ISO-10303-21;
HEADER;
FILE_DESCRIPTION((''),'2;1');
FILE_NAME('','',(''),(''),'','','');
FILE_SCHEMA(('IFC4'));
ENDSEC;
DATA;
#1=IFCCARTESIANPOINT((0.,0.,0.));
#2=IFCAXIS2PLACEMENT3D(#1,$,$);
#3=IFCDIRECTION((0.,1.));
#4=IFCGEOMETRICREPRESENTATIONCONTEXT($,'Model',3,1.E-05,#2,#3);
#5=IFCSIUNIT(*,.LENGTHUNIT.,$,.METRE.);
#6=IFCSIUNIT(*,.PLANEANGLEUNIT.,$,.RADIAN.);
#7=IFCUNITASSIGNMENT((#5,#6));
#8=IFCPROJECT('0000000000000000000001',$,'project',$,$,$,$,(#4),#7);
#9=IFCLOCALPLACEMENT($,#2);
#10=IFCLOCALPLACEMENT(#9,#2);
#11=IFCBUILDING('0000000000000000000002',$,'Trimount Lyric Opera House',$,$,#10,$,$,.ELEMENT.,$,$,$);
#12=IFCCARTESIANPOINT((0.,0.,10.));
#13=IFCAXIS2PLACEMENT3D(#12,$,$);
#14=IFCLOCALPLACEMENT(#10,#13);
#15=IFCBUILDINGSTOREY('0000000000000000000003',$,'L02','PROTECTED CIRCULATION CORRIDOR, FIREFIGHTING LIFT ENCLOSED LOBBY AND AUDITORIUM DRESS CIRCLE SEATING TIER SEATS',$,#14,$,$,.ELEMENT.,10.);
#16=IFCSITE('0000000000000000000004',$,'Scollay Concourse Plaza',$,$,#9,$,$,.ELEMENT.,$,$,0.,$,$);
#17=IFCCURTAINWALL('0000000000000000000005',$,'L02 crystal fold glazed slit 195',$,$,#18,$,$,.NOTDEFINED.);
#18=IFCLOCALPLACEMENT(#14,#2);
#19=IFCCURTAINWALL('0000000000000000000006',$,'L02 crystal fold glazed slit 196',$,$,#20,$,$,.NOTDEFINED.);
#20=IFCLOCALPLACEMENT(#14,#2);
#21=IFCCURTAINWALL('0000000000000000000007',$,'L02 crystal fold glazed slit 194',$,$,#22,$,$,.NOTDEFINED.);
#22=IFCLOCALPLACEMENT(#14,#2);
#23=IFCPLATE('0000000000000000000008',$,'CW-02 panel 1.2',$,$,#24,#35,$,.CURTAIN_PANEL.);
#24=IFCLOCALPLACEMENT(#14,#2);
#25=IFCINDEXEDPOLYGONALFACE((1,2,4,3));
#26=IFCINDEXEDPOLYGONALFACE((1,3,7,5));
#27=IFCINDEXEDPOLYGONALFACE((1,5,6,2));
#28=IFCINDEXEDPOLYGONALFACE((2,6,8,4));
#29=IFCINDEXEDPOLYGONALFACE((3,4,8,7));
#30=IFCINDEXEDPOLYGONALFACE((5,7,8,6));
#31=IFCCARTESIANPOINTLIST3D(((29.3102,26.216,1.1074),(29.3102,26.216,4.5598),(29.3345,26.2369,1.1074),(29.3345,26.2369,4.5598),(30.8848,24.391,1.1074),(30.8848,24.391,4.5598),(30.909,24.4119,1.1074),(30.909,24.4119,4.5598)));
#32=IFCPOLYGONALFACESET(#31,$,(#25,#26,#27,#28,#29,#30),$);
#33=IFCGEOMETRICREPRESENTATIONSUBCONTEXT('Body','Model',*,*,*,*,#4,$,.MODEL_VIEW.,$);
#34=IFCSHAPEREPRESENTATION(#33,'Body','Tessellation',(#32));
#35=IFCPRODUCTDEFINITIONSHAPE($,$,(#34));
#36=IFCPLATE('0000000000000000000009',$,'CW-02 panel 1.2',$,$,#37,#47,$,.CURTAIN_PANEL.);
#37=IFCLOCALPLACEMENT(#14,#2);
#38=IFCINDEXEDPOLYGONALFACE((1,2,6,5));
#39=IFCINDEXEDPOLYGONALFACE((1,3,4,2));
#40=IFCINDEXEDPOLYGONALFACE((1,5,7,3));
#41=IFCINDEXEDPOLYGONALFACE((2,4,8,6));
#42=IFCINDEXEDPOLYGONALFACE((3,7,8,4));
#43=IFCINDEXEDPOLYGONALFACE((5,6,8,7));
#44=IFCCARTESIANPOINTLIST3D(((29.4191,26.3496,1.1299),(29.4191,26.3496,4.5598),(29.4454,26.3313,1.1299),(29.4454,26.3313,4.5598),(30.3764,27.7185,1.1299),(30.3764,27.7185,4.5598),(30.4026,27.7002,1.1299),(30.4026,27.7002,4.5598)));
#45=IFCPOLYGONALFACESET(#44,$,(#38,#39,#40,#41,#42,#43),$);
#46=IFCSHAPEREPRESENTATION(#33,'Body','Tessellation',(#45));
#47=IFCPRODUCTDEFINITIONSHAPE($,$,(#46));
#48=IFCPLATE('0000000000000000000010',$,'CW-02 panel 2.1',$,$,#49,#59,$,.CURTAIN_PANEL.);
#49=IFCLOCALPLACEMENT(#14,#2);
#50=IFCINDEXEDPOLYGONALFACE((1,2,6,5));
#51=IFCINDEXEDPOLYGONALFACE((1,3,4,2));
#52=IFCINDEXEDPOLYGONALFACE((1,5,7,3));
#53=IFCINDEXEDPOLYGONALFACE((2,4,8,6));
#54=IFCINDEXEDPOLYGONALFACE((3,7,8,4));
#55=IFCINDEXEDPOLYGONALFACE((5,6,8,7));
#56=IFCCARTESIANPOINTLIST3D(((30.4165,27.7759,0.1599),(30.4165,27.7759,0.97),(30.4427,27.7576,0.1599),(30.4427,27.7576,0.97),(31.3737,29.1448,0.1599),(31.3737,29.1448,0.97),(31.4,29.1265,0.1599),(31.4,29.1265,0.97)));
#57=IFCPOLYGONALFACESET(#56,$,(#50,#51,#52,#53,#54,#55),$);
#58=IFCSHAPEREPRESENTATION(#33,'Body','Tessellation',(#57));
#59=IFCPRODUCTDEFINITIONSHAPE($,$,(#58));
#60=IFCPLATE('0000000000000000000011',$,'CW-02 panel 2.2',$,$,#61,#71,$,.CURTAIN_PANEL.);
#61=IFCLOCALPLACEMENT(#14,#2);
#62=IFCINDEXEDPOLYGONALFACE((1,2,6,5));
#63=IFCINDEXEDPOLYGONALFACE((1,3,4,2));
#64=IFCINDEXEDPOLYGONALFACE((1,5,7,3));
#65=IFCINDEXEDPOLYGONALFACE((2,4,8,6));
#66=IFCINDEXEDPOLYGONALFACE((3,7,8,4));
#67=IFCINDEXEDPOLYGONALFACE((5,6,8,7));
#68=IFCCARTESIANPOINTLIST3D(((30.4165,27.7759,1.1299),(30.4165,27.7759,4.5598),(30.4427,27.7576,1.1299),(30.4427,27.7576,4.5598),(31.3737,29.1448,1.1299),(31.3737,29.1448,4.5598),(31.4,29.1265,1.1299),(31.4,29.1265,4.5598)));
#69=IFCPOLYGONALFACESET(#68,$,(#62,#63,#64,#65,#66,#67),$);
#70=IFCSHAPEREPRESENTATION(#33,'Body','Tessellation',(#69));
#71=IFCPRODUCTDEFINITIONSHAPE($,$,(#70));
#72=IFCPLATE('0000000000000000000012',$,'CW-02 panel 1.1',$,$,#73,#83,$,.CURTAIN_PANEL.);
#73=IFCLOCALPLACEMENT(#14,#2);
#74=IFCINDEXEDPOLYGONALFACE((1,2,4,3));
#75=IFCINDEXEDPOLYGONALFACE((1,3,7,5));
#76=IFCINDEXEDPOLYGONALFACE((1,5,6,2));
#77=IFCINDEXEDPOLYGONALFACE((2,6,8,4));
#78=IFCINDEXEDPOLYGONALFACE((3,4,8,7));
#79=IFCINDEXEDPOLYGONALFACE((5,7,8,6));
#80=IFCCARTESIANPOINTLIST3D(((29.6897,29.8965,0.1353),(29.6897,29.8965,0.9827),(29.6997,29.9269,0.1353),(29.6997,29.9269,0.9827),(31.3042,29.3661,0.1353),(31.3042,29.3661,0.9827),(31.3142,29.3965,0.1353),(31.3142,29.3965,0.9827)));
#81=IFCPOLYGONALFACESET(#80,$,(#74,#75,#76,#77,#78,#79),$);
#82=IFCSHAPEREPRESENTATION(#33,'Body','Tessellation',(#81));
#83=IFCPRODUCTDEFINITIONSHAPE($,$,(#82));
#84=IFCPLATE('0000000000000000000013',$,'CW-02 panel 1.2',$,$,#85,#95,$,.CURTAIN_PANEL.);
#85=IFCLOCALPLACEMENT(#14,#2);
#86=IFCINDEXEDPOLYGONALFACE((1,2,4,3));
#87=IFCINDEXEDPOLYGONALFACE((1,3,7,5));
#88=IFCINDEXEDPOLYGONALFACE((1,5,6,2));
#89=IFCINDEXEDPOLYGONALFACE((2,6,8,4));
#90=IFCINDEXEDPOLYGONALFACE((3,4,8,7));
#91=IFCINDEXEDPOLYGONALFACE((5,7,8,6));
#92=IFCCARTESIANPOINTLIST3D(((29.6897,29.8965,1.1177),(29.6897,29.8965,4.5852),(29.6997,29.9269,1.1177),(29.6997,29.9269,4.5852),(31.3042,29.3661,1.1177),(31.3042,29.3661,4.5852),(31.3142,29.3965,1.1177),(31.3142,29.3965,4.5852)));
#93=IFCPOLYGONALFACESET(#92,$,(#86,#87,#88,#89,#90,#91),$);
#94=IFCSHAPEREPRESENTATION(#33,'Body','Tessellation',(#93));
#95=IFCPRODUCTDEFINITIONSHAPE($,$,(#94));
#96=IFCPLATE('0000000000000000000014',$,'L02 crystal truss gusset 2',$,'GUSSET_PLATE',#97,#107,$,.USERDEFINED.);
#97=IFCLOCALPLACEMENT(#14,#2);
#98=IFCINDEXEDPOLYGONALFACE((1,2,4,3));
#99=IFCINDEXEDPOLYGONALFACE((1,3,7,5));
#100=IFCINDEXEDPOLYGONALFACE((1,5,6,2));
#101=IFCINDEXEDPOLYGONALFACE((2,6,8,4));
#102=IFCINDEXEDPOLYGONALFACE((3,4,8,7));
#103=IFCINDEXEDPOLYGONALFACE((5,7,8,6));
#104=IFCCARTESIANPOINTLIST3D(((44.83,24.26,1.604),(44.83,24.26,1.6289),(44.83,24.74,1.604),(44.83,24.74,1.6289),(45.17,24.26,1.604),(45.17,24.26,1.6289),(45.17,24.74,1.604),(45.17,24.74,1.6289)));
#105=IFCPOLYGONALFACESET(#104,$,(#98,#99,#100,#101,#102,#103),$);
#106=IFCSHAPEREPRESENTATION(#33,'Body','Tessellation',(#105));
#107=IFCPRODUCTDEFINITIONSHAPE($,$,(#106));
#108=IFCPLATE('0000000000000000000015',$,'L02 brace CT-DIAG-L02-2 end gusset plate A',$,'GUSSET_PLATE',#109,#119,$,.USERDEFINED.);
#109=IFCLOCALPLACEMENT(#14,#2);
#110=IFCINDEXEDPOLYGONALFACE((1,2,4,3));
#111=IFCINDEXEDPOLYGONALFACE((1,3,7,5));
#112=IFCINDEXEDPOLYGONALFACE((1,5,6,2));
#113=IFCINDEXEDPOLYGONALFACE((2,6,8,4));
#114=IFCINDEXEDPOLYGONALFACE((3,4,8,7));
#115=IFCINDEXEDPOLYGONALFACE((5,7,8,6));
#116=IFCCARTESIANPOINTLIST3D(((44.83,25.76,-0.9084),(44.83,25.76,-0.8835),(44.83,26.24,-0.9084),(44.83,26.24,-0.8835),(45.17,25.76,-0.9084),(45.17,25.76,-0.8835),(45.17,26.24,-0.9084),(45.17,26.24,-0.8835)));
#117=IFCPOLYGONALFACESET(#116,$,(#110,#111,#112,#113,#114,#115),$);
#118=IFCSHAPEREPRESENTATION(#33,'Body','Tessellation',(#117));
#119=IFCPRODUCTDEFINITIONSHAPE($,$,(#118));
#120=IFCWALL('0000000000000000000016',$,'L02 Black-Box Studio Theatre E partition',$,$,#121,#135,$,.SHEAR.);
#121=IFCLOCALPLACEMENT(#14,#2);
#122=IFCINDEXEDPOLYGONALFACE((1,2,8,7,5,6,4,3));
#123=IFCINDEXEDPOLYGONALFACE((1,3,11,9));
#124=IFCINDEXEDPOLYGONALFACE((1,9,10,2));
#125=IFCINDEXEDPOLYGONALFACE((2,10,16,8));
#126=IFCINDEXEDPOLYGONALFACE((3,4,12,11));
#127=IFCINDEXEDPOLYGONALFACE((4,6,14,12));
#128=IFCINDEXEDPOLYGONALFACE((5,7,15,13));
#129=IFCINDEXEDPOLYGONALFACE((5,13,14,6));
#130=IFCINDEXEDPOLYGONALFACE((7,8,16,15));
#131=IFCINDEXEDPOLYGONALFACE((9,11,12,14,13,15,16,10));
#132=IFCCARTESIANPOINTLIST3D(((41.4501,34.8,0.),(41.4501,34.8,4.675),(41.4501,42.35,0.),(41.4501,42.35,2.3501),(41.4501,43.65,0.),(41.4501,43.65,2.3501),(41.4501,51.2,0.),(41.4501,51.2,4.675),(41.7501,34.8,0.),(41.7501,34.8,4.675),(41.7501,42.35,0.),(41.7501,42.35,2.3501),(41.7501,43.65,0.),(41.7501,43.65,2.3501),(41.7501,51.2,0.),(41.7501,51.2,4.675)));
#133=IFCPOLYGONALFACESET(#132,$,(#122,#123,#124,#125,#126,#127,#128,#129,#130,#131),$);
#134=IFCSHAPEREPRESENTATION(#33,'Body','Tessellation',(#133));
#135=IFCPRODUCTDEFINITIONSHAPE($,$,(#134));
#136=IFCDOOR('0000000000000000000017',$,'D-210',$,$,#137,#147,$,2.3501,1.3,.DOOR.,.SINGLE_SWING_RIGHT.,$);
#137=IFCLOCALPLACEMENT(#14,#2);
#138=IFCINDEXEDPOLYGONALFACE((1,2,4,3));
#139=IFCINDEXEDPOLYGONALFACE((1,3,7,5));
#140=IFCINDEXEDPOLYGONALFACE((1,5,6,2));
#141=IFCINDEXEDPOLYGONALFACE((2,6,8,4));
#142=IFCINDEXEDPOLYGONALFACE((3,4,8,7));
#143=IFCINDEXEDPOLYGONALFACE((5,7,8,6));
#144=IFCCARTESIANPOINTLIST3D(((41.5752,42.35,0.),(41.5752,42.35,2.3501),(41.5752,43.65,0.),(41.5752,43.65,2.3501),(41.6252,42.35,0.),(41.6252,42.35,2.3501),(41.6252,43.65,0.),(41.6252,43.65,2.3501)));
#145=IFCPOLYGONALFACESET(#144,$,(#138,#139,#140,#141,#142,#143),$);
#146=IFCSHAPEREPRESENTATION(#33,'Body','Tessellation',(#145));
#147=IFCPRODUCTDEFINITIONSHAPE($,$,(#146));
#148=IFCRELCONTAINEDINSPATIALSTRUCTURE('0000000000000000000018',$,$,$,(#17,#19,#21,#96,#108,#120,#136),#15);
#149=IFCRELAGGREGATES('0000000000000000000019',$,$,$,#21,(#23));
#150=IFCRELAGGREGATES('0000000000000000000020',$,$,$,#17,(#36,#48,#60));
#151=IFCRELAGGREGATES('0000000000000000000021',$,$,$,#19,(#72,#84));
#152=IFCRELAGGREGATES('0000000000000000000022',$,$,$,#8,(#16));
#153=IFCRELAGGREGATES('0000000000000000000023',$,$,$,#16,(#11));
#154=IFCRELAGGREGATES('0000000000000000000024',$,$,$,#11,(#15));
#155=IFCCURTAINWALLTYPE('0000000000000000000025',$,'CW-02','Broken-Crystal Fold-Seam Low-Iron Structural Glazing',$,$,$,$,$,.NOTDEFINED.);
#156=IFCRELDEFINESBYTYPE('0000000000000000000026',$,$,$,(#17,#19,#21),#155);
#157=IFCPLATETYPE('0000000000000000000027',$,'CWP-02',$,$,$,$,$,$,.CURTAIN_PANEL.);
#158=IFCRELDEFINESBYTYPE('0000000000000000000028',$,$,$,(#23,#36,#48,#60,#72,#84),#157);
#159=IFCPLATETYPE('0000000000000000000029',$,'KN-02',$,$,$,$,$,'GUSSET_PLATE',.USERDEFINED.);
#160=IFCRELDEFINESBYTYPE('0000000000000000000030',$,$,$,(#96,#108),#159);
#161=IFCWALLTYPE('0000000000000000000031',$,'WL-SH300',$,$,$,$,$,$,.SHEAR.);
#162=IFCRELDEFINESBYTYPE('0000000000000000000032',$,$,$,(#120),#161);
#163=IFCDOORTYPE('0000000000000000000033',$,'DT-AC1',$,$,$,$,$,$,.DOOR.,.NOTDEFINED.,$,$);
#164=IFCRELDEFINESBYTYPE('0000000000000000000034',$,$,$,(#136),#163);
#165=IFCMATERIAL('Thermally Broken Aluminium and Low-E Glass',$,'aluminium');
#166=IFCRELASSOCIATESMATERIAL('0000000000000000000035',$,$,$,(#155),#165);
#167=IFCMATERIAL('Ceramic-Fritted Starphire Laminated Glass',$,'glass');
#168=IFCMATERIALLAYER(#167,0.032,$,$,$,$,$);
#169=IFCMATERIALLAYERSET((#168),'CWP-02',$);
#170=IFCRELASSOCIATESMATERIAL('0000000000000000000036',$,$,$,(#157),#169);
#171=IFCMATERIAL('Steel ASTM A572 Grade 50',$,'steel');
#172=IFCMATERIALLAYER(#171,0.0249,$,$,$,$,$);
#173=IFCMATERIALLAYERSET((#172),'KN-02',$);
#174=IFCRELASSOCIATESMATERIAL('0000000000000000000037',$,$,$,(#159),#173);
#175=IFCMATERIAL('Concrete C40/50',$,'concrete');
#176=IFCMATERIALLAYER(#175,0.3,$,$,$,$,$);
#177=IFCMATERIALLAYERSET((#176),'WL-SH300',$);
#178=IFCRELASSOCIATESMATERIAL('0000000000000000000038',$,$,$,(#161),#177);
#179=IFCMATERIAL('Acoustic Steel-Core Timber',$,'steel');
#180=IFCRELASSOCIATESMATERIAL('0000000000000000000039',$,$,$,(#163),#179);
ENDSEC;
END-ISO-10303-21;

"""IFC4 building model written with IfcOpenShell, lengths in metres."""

from ifc_helpers import new_model, si_unit, direction, frame, frame_2d, origin, origin_2d, place, context, subcontext, project, spatial, rectangle, extrude, material, layer, layer_set, type_object, element, fill, aggregate, save


model = new_model("IFC4")

# Units and contexts
model_context = context("Model", 3, precision=1e-05, world=origin(), true_north=direction((0.0, 1.0)))
body_context = subcontext(model_context, "Body", "Model", "MODEL_VIEW")
ifc_project = project(units=[si_unit("LENGTHUNIT", "METRE"), si_unit("PLANEANGLEUNIT", "RADIAN")], contexts=[model_context])

# Site, building, storey
site_placement = place(None, origin())
site = spatial("IfcSite", under=ifc_project, at=site_placement, Name="Scollay Concourse Plaza", CompositionType="ELEMENT", RefElevation=0.0)
building_placement = place(site_placement, origin())
building = spatial("IfcBuilding", under=site, at=building_placement, Name="Trimount Lyric Opera House", CompositionType="ELEMENT")
storey_placement = place(building_placement, frame((0.0, 0.0, 10.0)))
storey = spatial("IfcBuildingStorey", under=building, at=storey_placement, Name="L02", Description="PROTECTED CIRCULATION CORRIDOR, FIREFIGHTING LIFT ENCLOSED LOBBY AND AUDITORIUM DRESS CIRCLE SEATING TIER SEATS", CompositionType="ELEMENT", Elevation=10.0)

# Curtain wall
ifc_material_1 = material(Name="Thermally Broken Aluminium and Low-E Glass", Category="aluminium")
curtain_wall_type = type_object("IfcCurtainWallType", Name="CW-02", Description="Broken-Crystal Fold-Seam Low-Iron Structural Glazing", PredefinedType="NOTDEFINED", material=ifc_material_1)
curtain_wall_1_placement = place(storey_placement, origin())
curtain_wall_1 = element("IfcCurtainWall", 1, at=curtain_wall_1_placement, inside=storey, type_object=curtain_wall_type, Name="L02 crystal fold glazed slit 195", PredefinedType="NOTDEFINED")

# Curtain wall
curtain_wall_2_placement = place(storey_placement, origin())
curtain_wall_2 = element("IfcCurtainWall", 2, at=curtain_wall_2_placement, inside=storey, type_object=curtain_wall_type, Name="L02 crystal fold glazed slit 196", PredefinedType="NOTDEFINED")

# Curtain wall, plate
curtain_wall_3_placement = place(storey_placement, origin())
curtain_wall_3 = element("IfcCurtainWall", 3, at=curtain_wall_3_placement, inside=storey, type_object=curtain_wall_type, Name="L02 crystal fold glazed slit 194", PredefinedType="NOTDEFINED")
ifc_material_2 = material(Name="Ceramic-Fritted Starphire Laminated Glass", Category="glass")
ifc_layer_1 = layer(ifc_material_2, 0.032)
ifc_layer_set_1 = layer_set([ifc_layer_1], Name="CWP-02")
plate_type_1 = type_object("IfcPlateType", Name="CWP-02", PredefinedType="CURTAIN_PANEL", material=ifc_layer_set_1)
plate_1_placement = place(storey_placement, frame((30.1096, 25.314, 1.1074), z_axis=(0.0, 0.0, 1.0), x_axis=(-0.653229, 0.757161, 0.0)))
plate_1 = element("IfcPlate", 4, at=plate_1_placement, type_object=plate_type_1, Name="CW-02 panel 1.2", PredefinedType="CURTAIN_PANEL", context=body_context, shape_type="SweptSolid", body=[
    extrude(rectangle(XDim=2.4104, YDim=0.032, at=origin_2d()), origin(), (0.0, 0.0, 1.0), 3.4524),
])
aggregate(curtain_wall_3, [plate_1])

# Plates
plate_2_placement = place(storey_placement, frame((29.9109, 27.0249, 1.1299), z_axis=(0.0, 0.0, 1.0), x_axis=(0.573084, 0.819496, 0.0)))
plate_2 = element("IfcPlate", 5, at=plate_2_placement, type_object=plate_type_1, Name="CW-02 panel 1.2", PredefinedType="CURTAIN_PANEL", context=body_context, shape_type="SweptSolid", body=[
    extrude(rectangle(XDim=1.6704, YDim=0.032, at=origin_2d()), origin(), (0.0, 0.0, 1.0), 3.4299),
])
plate_3_placement = place(storey_placement, frame((30.9082, 28.4512, 0.1599), z_axis=(0.0, 0.0, 1.0), x_axis=(0.573084, 0.819496, 0.0)))
plate_3 = element("IfcPlate", 6, at=plate_3_placement, type_object=plate_type_1, Name="CW-02 panel 2.1", PredefinedType="CURTAIN_PANEL", context=body_context, shape_type="SweptSolid", body=[
    extrude(rectangle(XDim=1.6704, YDim=0.032, at=origin_2d()), origin(), (0.0, 0.0, 1.0), 0.8101),
])
plate_4_placement = place(storey_placement, frame((30.9082, 28.4512, 1.1299), z_axis=(0.0, 0.0, 1.0), x_axis=(0.573084, 0.819496, 0.0)))
plate_4 = element("IfcPlate", 7, at=plate_4_placement, type_object=plate_type_1, Name="CW-02 panel 2.2", PredefinedType="CURTAIN_PANEL", context=body_context, shape_type="SweptSolid", body=[
    extrude(rectangle(XDim=1.6704, YDim=0.032, at=origin_2d()), origin(), (0.0, 0.0, 1.0), 3.4299),
])
aggregate(curtain_wall_1, [plate_2, plate_3, plate_4])
plate_5_placement = place(storey_placement, frame((30.502, 29.6465, 0.1353), z_axis=(0.0, 0.0, 1.0), x_axis=(-0.950041, 0.312125, 0.0)))
plate_5 = element("IfcPlate", 8, at=plate_5_placement, type_object=plate_type_1, Name="CW-02 panel 1.1", PredefinedType="CURTAIN_PANEL", context=body_context, shape_type="SweptSolid", body=[
    extrude(rectangle(XDim=1.6995, YDim=0.032, at=origin_2d()), origin(), (0.0, 0.0, 1.0), 0.8474),
])
plate_6_placement = place(storey_placement, frame((30.502, 29.6465, 1.1177), z_axis=(0.0, 0.0, 1.0), x_axis=(-0.950041, 0.312125, 0.0)))
plate_6 = element("IfcPlate", 9, at=plate_6_placement, type_object=plate_type_1, Name="CW-02 panel 1.2", PredefinedType="CURTAIN_PANEL", context=body_context, shape_type="SweptSolid", body=[
    extrude(rectangle(XDim=1.6995, YDim=0.032, at=origin_2d()), origin(), (0.0, 0.0, 1.0), 3.4675),
])
aggregate(curtain_wall_2, [plate_5, plate_6])

# Plates
ifc_material_3 = material(Name="Steel ASTM A572 Grade 50", Category="steel")
ifc_layer_2 = layer(ifc_material_3, 0.0249)
ifc_layer_set_2 = layer_set([ifc_layer_2], Name="KN-02")
plate_type_2 = type_object("IfcPlateType", Name="KN-02", ElementType="GUSSET_PLATE", PredefinedType="USERDEFINED", material=ifc_layer_set_2)
for number, where, z_axis, x_axis, name in (
    (10, (45.0, 24.5, 1.604), (0.0, 0.0, 1.0), (0.0, 1.0, 0.0), "L02 crystal truss gusset 2"),
    (11, (45.0, 26.0, -0.9084), (0.0, 0.0, 1.0), (0.0, -1.0, 0.0), "L02 brace CT-DIAG-L02-2 end gusset plate A"),
):
    element("IfcPlate", number, at=place(storey_placement, frame(where, z_axis=z_axis, x_axis=x_axis)), inside=storey, type_object=plate_type_2, Name=name, ObjectType="GUSSET_PLATE", PredefinedType="USERDEFINED", context=body_context, shape_type="SweptSolid", body=[
        extrude(rectangle(XDim=0.48, YDim=0.3401, at=origin_2d()), origin(), (0.0, 0.0, 1.0), 0.0249),
    ])

# Wall, opening, door
ifc_material_4 = material(Name="Concrete C40/50", Category="concrete")
ifc_layer_3 = layer(ifc_material_4, 0.3)
ifc_layer_set_3 = layer_set([ifc_layer_3], Name="WL-SH300")
wall_type = type_object("IfcWallType", Name="WL-SH300", PredefinedType="SHEAR", material=ifc_layer_set_3)
wall_placement = place(storey_placement, frame((41.6001, 34.8, 0.0), z_axis=(0.0, 0.0, 1.0), x_axis=(0.0, 1.0, 0.0)))
wall = element("IfcWall", 12, at=wall_placement, inside=storey, type_object=wall_type, Name="L02 Black-Box Studio Theatre E partition", PredefinedType="SHEAR", context=body_context, shape_type="SweptSolid", body=[
    extrude(rectangle(XDim=16.3999, YDim=0.3, at=frame_2d((8.2, 0.0))), origin(), (0.0, 0.0, 1.0), 4.675),
])
opening_placement = place(wall_placement, frame((7.55, 0.0, 0.0)))
opening = element("IfcOpeningElement", 13, at=opening_placement, cuts=wall, PredefinedType="OPENING", context=body_context, shape_type="SweptSolid", body=[
    extrude(rectangle(XDim=1.3, YDim=2.3501, at=frame_2d((0.6499, 1.175))), frame((0.0, 0.1602, 0.0), z_axis=(0.0, -1.0, 0.0), x_axis=(1.0, 0.0, 0.0)), (0.0, 0.0, 1.0), 0.3201),
])
ifc_material_5 = material(Name="Acoustic Steel-Core Timber", Category="steel")
door_type = type_object("IfcDoorType", Name="DT-AC1", OperationType="NOTDEFINED", PredefinedType="DOOR", material=ifc_material_5)
door_placement = place(opening_placement, origin())
door = element("IfcDoor", 14, at=door_placement, inside=storey, type_object=door_type, Name="D-210", OperationType="SINGLE_SWING_RIGHT", OverallHeight=2.3501, OverallWidth=1.3, PredefinedType="DOOR", context=body_context, shape_type="SweptSolid", body=[
    extrude(rectangle(XDim=1.3, YDim=2.3501, at=frame_2d((0.6499, 1.175))), frame((0.0, 0.0249, 0.0), z_axis=(0.0, -1.0, 0.0), x_axis=(1.0, 0.0, 0.0)), (0.0, 0.0, 1.0), 0.05),
])
fill(opening, door)

save(model, "model.ifc")
